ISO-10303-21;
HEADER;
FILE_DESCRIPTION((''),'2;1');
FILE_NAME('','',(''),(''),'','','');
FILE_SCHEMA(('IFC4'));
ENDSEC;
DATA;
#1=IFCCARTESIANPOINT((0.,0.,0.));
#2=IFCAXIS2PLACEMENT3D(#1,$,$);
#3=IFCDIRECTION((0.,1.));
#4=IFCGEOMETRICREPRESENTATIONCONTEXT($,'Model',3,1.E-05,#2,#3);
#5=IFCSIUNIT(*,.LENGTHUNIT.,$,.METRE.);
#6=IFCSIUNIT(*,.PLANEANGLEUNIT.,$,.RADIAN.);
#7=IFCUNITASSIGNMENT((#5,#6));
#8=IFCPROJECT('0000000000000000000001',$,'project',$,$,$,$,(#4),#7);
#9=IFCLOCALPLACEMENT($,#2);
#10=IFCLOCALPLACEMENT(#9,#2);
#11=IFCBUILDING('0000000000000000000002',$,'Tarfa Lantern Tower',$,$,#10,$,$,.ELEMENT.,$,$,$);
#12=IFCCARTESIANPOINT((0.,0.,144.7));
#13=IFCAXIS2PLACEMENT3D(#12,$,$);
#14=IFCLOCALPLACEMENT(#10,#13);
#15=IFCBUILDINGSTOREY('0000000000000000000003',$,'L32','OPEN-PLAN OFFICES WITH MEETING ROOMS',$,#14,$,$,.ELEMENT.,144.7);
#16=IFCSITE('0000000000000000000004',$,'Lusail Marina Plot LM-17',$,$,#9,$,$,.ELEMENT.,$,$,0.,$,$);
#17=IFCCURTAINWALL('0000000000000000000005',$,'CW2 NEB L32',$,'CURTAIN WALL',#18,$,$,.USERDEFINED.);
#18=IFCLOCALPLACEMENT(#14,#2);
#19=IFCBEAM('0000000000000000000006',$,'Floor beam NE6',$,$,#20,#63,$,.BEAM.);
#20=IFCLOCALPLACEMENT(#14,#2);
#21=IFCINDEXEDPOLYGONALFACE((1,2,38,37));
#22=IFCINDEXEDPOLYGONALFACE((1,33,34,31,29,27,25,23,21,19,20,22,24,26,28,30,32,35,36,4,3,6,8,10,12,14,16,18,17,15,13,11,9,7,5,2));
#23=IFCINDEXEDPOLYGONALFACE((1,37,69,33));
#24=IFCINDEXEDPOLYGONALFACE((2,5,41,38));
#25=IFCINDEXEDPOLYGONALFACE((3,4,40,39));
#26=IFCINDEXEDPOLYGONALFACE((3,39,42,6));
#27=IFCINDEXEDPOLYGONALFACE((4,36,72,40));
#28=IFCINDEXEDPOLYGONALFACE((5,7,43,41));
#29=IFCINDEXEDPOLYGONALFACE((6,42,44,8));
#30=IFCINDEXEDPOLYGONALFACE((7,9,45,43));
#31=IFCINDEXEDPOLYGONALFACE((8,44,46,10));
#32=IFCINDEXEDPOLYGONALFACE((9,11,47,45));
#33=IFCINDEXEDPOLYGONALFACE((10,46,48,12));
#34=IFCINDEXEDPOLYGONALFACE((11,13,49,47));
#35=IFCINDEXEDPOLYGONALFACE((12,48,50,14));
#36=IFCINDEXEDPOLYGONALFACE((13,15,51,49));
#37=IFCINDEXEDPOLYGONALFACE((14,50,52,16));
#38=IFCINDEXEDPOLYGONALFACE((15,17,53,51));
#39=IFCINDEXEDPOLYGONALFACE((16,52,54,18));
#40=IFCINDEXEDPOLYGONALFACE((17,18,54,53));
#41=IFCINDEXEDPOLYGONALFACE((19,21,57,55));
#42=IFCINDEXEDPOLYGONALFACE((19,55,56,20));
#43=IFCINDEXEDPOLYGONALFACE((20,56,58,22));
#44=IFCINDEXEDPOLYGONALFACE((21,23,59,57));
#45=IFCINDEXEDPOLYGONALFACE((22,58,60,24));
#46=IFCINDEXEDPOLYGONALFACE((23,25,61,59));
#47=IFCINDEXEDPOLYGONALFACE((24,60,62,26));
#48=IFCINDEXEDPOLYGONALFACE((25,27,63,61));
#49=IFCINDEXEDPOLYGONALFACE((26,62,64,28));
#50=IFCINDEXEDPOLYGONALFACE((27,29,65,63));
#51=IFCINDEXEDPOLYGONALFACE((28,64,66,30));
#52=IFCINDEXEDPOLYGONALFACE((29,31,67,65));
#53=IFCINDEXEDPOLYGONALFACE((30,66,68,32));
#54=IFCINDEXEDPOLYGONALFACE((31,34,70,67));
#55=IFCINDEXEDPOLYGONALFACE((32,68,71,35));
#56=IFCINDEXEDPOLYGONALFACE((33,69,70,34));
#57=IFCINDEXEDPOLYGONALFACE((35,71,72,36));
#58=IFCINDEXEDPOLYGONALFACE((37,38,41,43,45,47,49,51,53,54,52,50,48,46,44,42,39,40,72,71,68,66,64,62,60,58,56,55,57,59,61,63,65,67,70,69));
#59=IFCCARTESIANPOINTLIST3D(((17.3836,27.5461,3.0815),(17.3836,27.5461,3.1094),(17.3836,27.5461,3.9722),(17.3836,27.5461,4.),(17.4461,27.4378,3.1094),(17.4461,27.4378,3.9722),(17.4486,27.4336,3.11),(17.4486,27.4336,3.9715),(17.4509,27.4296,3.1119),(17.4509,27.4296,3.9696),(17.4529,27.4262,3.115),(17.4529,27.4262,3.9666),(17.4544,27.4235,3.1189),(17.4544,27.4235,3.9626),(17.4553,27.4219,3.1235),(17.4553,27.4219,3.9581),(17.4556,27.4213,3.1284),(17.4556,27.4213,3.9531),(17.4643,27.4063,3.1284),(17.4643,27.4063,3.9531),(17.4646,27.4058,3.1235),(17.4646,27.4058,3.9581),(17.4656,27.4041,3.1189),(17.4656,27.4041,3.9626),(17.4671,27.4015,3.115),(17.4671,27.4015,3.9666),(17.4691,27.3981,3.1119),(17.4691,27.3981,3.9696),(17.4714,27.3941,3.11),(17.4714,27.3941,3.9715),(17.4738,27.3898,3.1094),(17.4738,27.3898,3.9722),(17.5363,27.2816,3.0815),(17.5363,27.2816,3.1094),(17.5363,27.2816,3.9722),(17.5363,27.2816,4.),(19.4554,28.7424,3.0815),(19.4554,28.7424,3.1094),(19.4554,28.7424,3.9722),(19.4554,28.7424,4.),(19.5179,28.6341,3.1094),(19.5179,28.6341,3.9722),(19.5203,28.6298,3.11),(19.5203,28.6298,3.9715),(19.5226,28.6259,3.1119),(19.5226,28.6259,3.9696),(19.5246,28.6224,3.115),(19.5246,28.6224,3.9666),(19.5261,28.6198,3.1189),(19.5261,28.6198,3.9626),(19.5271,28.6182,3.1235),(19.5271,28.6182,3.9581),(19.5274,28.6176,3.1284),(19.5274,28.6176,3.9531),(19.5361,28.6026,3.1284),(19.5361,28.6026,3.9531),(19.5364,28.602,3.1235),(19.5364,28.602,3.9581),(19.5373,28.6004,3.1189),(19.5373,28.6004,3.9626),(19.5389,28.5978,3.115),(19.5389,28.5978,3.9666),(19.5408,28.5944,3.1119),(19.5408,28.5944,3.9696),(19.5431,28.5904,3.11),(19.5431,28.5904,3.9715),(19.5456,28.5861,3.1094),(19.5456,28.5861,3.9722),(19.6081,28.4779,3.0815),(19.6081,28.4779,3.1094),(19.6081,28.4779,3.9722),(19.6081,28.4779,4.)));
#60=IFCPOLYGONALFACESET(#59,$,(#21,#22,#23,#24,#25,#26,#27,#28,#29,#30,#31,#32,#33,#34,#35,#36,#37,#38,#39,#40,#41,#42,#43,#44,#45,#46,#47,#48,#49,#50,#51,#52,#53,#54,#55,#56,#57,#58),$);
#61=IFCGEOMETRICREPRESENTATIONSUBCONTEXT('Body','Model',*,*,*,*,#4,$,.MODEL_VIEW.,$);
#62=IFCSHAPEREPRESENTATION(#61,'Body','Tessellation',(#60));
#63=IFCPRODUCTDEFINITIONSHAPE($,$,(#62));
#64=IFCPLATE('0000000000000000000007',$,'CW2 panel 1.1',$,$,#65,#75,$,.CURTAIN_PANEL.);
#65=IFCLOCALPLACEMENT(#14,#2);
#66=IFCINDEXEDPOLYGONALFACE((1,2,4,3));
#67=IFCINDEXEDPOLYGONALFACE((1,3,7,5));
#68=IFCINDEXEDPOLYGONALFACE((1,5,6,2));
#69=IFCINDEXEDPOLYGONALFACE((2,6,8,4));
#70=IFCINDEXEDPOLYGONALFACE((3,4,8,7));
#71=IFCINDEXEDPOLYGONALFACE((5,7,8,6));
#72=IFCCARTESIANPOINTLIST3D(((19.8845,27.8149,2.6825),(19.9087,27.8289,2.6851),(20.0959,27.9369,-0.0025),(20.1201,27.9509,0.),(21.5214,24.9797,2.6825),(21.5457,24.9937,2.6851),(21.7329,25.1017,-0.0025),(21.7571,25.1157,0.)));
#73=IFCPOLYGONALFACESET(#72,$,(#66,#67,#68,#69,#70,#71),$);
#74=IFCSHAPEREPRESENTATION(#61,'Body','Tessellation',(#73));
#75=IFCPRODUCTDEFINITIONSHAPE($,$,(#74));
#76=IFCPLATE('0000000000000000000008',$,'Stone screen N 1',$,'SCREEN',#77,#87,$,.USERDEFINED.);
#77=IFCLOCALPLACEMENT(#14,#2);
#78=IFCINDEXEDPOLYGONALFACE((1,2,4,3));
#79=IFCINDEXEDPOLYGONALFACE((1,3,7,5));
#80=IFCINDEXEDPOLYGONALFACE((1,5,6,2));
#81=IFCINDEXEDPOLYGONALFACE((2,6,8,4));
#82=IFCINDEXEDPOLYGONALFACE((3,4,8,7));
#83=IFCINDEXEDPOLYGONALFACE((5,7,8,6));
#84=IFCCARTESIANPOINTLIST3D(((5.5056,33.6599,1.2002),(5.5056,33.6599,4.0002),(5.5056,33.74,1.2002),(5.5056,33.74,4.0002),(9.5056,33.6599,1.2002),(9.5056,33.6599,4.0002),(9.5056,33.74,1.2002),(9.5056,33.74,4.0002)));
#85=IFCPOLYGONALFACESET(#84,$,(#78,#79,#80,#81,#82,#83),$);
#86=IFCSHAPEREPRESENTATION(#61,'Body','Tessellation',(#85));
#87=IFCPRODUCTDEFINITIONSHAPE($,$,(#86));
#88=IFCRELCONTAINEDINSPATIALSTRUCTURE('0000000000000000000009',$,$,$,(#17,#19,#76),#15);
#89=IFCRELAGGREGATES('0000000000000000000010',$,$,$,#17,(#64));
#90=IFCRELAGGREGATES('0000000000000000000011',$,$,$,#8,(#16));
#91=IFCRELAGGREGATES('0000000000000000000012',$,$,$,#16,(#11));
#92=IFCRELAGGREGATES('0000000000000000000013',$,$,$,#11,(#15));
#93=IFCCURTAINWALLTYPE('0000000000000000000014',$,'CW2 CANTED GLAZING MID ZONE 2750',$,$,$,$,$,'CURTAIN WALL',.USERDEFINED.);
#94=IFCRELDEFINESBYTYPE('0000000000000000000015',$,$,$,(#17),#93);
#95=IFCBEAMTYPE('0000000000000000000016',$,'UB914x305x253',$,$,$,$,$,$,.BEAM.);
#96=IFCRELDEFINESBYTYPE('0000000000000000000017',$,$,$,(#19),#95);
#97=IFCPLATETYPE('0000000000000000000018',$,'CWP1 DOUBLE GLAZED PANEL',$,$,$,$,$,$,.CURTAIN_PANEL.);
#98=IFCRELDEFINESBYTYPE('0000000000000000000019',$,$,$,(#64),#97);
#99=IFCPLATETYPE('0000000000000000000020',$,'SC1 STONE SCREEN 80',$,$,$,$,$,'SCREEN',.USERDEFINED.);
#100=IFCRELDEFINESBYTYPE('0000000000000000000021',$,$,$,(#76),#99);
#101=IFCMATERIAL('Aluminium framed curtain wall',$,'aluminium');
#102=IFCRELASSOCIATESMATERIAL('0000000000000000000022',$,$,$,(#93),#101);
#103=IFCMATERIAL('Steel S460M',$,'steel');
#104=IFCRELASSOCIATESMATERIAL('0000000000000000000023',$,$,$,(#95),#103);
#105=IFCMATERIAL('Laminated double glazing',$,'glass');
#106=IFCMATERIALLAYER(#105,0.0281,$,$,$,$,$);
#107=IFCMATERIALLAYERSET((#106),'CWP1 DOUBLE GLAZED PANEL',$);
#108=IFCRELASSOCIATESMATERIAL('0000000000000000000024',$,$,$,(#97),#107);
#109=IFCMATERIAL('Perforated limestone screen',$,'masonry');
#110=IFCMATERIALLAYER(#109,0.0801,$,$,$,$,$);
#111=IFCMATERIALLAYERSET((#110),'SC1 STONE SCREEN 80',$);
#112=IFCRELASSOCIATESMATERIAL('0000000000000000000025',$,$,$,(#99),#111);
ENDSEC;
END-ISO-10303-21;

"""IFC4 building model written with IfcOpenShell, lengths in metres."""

from ifc_helpers import new_model, si_unit, direction, frame, origin, origin_2d, place, context, subcontext, project, spatial, polyline, rectangle, i_section, outline, extrude, material, layer, layer_set, material_profile, profile_set, type_object, element, aggregate, save


model = new_model("IFC4")

# Units and contexts
model_context = context("Model", 3, precision=1e-05, world=origin(), true_north=direction((0.0, 1.0)))
body_context = subcontext(model_context, "Body", "Model", "MODEL_VIEW")
ifc_project = project(units=[si_unit("LENGTHUNIT", "METRE"), si_unit("PLANEANGLEUNIT", "RADIAN")], contexts=[model_context])

# Site, building, storey
site_placement = place(None, origin())
site = spatial("IfcSite", under=ifc_project, at=site_placement, Name="Lusail Marina Plot LM-17", CompositionType="ELEMENT", RefElevation=0.0)
building_placement = place(site_placement, origin())
building = spatial("IfcBuilding", under=site, at=building_placement, Name="Tarfa Lantern Tower", CompositionType="ELEMENT")
storey_placement = place(building_placement, frame((0.0, 0.0, 144.7)))
storey = spatial("IfcBuildingStorey", under=building, at=storey_placement, Name="L32", Description="OPEN-PLAN OFFICES WITH MEETING ROOMS", CompositionType="ELEMENT", Elevation=144.7)

# Curtain wall
ifc_material_1 = material(Name="Aluminium framed curtain wall", Category="aluminium")
curtain_wall_type = type_object("IfcCurtainWallType", Name="CW2 CANTED GLAZING MID ZONE 2750", ElementType="CURTAIN WALL", PredefinedType="USERDEFINED", material=ifc_material_1)
curtain_wall_placement = place(storey_placement, origin())
curtain_wall = element("IfcCurtainWall", 1, at=curtain_wall_placement, inside=storey, type_object=curtain_wall_type, Name="CW2 NEB L32", ObjectType="CURTAIN WALL", PredefinedType="USERDEFINED")

# Beam
ifc_material_2 = material(Name="Steel S460M", Category="steel")
ifc_material_profile_1 = material_profile(ifc_material_2, i_section(OverallWidth=0.3054, OverallDepth=0.9185, WebThickness=0.0173, FlangeThickness=0.0278, FilletRadius=0.019, at=origin_2d()), Name="UB914x305x253")
ifc_profile_set_1 = profile_set([ifc_material_profile_1], Name="Steel S460M")
beam_type_1 = type_object("IfcBeamType", Name="UB914x305x253", PredefinedType="BEAM", material=ifc_profile_set_1)
beam_1_placement = place(storey_placement, frame((19.5317, 28.6101, 3.5408), z_axis=(-0.865999, -0.500046, 0.0), x_axis=(0.500046, -0.865999, 0.0)))
element("IfcBeam", 2, at=beam_1_placement, inside=storey, type_object=beam_type_1, Name="Floor beam NE6", PredefinedType="BEAM", context=body_context, shape_type="SweptSolid", body=[
    extrude(i_section(OverallWidth=0.3054, OverallDepth=0.9185, WebThickness=0.0173, FlangeThickness=0.0278, FilletRadius=0.019, at=origin_2d()), origin(), (0.0, 0.0, 1.0), 2.3923),
])

# Plates
ifc_material_3 = material(Name="Laminated double glazing", Category="glass")
ifc_layer_1 = layer(ifc_material_3, 0.0281)
ifc_layer_set_1 = layer_set([ifc_layer_1], Name="CWP1 DOUBLE GLAZED PANEL")
plate_type_1 = type_object("IfcPlateType", Name="CWP1 DOUBLE GLAZED PANEL", PredefinedType="CURTAIN_PANEL", material=ifc_layer_set_1)
plate_1_placement = place(storey_placement, frame((21.7571, 25.1157, 0.0), z_axis=(0.86246, 0.497959, 0.09055), x_axis=(-0.500013, 0.866018, 0.0)))
plate_1 = element("IfcPlate", 3, at=plate_1_placement, type_object=plate_type_1, Name="CW2 panel 1.1", PredefinedType="CURTAIN_PANEL", context=body_context, shape_type="SweptSolid", body=[
    extrude(outline(polyline([(0.0, 0.0), (3.2738, 0.0), (3.2738, 2.6961), (0.0, 2.6961), (0.0, 0.0)])), origin(), (0.0, 0.0, -1.0), 0.0281),
])
aggregate(curtain_wall, [plate_1])
ifc_material_4 = material(Name="Perforated limestone screen", Category="masonry")
ifc_layer_2 = layer(ifc_material_4, 0.0801)
ifc_layer_set_2 = layer_set([ifc_layer_2], Name="SC1 STONE SCREEN 80")
plate_type_2 = type_object("IfcPlateType", Name="SC1 STONE SCREEN 80", ElementType="SCREEN", PredefinedType="USERDEFINED", material=ifc_layer_set_2)
plate_2_placement = place(storey_placement, frame((7.5056, 33.7, 1.2002), z_axis=(0.0, 0.0, 1.0), x_axis=(-1.0, 0.0, 0.0)))
element("IfcPlate", 4, at=plate_2_placement, inside=storey, type_object=plate_type_2, Name="Stone screen N 1", ObjectType="SCREEN", PredefinedType="USERDEFINED", context=body_context, shape_type="SweptSolid", body=[
    extrude(rectangle(XDim=4.0, YDim=0.0801, at=origin_2d()), origin(), (0.0, 0.0, 1.0), 2.8),
])

save(model, "model.ifc")
